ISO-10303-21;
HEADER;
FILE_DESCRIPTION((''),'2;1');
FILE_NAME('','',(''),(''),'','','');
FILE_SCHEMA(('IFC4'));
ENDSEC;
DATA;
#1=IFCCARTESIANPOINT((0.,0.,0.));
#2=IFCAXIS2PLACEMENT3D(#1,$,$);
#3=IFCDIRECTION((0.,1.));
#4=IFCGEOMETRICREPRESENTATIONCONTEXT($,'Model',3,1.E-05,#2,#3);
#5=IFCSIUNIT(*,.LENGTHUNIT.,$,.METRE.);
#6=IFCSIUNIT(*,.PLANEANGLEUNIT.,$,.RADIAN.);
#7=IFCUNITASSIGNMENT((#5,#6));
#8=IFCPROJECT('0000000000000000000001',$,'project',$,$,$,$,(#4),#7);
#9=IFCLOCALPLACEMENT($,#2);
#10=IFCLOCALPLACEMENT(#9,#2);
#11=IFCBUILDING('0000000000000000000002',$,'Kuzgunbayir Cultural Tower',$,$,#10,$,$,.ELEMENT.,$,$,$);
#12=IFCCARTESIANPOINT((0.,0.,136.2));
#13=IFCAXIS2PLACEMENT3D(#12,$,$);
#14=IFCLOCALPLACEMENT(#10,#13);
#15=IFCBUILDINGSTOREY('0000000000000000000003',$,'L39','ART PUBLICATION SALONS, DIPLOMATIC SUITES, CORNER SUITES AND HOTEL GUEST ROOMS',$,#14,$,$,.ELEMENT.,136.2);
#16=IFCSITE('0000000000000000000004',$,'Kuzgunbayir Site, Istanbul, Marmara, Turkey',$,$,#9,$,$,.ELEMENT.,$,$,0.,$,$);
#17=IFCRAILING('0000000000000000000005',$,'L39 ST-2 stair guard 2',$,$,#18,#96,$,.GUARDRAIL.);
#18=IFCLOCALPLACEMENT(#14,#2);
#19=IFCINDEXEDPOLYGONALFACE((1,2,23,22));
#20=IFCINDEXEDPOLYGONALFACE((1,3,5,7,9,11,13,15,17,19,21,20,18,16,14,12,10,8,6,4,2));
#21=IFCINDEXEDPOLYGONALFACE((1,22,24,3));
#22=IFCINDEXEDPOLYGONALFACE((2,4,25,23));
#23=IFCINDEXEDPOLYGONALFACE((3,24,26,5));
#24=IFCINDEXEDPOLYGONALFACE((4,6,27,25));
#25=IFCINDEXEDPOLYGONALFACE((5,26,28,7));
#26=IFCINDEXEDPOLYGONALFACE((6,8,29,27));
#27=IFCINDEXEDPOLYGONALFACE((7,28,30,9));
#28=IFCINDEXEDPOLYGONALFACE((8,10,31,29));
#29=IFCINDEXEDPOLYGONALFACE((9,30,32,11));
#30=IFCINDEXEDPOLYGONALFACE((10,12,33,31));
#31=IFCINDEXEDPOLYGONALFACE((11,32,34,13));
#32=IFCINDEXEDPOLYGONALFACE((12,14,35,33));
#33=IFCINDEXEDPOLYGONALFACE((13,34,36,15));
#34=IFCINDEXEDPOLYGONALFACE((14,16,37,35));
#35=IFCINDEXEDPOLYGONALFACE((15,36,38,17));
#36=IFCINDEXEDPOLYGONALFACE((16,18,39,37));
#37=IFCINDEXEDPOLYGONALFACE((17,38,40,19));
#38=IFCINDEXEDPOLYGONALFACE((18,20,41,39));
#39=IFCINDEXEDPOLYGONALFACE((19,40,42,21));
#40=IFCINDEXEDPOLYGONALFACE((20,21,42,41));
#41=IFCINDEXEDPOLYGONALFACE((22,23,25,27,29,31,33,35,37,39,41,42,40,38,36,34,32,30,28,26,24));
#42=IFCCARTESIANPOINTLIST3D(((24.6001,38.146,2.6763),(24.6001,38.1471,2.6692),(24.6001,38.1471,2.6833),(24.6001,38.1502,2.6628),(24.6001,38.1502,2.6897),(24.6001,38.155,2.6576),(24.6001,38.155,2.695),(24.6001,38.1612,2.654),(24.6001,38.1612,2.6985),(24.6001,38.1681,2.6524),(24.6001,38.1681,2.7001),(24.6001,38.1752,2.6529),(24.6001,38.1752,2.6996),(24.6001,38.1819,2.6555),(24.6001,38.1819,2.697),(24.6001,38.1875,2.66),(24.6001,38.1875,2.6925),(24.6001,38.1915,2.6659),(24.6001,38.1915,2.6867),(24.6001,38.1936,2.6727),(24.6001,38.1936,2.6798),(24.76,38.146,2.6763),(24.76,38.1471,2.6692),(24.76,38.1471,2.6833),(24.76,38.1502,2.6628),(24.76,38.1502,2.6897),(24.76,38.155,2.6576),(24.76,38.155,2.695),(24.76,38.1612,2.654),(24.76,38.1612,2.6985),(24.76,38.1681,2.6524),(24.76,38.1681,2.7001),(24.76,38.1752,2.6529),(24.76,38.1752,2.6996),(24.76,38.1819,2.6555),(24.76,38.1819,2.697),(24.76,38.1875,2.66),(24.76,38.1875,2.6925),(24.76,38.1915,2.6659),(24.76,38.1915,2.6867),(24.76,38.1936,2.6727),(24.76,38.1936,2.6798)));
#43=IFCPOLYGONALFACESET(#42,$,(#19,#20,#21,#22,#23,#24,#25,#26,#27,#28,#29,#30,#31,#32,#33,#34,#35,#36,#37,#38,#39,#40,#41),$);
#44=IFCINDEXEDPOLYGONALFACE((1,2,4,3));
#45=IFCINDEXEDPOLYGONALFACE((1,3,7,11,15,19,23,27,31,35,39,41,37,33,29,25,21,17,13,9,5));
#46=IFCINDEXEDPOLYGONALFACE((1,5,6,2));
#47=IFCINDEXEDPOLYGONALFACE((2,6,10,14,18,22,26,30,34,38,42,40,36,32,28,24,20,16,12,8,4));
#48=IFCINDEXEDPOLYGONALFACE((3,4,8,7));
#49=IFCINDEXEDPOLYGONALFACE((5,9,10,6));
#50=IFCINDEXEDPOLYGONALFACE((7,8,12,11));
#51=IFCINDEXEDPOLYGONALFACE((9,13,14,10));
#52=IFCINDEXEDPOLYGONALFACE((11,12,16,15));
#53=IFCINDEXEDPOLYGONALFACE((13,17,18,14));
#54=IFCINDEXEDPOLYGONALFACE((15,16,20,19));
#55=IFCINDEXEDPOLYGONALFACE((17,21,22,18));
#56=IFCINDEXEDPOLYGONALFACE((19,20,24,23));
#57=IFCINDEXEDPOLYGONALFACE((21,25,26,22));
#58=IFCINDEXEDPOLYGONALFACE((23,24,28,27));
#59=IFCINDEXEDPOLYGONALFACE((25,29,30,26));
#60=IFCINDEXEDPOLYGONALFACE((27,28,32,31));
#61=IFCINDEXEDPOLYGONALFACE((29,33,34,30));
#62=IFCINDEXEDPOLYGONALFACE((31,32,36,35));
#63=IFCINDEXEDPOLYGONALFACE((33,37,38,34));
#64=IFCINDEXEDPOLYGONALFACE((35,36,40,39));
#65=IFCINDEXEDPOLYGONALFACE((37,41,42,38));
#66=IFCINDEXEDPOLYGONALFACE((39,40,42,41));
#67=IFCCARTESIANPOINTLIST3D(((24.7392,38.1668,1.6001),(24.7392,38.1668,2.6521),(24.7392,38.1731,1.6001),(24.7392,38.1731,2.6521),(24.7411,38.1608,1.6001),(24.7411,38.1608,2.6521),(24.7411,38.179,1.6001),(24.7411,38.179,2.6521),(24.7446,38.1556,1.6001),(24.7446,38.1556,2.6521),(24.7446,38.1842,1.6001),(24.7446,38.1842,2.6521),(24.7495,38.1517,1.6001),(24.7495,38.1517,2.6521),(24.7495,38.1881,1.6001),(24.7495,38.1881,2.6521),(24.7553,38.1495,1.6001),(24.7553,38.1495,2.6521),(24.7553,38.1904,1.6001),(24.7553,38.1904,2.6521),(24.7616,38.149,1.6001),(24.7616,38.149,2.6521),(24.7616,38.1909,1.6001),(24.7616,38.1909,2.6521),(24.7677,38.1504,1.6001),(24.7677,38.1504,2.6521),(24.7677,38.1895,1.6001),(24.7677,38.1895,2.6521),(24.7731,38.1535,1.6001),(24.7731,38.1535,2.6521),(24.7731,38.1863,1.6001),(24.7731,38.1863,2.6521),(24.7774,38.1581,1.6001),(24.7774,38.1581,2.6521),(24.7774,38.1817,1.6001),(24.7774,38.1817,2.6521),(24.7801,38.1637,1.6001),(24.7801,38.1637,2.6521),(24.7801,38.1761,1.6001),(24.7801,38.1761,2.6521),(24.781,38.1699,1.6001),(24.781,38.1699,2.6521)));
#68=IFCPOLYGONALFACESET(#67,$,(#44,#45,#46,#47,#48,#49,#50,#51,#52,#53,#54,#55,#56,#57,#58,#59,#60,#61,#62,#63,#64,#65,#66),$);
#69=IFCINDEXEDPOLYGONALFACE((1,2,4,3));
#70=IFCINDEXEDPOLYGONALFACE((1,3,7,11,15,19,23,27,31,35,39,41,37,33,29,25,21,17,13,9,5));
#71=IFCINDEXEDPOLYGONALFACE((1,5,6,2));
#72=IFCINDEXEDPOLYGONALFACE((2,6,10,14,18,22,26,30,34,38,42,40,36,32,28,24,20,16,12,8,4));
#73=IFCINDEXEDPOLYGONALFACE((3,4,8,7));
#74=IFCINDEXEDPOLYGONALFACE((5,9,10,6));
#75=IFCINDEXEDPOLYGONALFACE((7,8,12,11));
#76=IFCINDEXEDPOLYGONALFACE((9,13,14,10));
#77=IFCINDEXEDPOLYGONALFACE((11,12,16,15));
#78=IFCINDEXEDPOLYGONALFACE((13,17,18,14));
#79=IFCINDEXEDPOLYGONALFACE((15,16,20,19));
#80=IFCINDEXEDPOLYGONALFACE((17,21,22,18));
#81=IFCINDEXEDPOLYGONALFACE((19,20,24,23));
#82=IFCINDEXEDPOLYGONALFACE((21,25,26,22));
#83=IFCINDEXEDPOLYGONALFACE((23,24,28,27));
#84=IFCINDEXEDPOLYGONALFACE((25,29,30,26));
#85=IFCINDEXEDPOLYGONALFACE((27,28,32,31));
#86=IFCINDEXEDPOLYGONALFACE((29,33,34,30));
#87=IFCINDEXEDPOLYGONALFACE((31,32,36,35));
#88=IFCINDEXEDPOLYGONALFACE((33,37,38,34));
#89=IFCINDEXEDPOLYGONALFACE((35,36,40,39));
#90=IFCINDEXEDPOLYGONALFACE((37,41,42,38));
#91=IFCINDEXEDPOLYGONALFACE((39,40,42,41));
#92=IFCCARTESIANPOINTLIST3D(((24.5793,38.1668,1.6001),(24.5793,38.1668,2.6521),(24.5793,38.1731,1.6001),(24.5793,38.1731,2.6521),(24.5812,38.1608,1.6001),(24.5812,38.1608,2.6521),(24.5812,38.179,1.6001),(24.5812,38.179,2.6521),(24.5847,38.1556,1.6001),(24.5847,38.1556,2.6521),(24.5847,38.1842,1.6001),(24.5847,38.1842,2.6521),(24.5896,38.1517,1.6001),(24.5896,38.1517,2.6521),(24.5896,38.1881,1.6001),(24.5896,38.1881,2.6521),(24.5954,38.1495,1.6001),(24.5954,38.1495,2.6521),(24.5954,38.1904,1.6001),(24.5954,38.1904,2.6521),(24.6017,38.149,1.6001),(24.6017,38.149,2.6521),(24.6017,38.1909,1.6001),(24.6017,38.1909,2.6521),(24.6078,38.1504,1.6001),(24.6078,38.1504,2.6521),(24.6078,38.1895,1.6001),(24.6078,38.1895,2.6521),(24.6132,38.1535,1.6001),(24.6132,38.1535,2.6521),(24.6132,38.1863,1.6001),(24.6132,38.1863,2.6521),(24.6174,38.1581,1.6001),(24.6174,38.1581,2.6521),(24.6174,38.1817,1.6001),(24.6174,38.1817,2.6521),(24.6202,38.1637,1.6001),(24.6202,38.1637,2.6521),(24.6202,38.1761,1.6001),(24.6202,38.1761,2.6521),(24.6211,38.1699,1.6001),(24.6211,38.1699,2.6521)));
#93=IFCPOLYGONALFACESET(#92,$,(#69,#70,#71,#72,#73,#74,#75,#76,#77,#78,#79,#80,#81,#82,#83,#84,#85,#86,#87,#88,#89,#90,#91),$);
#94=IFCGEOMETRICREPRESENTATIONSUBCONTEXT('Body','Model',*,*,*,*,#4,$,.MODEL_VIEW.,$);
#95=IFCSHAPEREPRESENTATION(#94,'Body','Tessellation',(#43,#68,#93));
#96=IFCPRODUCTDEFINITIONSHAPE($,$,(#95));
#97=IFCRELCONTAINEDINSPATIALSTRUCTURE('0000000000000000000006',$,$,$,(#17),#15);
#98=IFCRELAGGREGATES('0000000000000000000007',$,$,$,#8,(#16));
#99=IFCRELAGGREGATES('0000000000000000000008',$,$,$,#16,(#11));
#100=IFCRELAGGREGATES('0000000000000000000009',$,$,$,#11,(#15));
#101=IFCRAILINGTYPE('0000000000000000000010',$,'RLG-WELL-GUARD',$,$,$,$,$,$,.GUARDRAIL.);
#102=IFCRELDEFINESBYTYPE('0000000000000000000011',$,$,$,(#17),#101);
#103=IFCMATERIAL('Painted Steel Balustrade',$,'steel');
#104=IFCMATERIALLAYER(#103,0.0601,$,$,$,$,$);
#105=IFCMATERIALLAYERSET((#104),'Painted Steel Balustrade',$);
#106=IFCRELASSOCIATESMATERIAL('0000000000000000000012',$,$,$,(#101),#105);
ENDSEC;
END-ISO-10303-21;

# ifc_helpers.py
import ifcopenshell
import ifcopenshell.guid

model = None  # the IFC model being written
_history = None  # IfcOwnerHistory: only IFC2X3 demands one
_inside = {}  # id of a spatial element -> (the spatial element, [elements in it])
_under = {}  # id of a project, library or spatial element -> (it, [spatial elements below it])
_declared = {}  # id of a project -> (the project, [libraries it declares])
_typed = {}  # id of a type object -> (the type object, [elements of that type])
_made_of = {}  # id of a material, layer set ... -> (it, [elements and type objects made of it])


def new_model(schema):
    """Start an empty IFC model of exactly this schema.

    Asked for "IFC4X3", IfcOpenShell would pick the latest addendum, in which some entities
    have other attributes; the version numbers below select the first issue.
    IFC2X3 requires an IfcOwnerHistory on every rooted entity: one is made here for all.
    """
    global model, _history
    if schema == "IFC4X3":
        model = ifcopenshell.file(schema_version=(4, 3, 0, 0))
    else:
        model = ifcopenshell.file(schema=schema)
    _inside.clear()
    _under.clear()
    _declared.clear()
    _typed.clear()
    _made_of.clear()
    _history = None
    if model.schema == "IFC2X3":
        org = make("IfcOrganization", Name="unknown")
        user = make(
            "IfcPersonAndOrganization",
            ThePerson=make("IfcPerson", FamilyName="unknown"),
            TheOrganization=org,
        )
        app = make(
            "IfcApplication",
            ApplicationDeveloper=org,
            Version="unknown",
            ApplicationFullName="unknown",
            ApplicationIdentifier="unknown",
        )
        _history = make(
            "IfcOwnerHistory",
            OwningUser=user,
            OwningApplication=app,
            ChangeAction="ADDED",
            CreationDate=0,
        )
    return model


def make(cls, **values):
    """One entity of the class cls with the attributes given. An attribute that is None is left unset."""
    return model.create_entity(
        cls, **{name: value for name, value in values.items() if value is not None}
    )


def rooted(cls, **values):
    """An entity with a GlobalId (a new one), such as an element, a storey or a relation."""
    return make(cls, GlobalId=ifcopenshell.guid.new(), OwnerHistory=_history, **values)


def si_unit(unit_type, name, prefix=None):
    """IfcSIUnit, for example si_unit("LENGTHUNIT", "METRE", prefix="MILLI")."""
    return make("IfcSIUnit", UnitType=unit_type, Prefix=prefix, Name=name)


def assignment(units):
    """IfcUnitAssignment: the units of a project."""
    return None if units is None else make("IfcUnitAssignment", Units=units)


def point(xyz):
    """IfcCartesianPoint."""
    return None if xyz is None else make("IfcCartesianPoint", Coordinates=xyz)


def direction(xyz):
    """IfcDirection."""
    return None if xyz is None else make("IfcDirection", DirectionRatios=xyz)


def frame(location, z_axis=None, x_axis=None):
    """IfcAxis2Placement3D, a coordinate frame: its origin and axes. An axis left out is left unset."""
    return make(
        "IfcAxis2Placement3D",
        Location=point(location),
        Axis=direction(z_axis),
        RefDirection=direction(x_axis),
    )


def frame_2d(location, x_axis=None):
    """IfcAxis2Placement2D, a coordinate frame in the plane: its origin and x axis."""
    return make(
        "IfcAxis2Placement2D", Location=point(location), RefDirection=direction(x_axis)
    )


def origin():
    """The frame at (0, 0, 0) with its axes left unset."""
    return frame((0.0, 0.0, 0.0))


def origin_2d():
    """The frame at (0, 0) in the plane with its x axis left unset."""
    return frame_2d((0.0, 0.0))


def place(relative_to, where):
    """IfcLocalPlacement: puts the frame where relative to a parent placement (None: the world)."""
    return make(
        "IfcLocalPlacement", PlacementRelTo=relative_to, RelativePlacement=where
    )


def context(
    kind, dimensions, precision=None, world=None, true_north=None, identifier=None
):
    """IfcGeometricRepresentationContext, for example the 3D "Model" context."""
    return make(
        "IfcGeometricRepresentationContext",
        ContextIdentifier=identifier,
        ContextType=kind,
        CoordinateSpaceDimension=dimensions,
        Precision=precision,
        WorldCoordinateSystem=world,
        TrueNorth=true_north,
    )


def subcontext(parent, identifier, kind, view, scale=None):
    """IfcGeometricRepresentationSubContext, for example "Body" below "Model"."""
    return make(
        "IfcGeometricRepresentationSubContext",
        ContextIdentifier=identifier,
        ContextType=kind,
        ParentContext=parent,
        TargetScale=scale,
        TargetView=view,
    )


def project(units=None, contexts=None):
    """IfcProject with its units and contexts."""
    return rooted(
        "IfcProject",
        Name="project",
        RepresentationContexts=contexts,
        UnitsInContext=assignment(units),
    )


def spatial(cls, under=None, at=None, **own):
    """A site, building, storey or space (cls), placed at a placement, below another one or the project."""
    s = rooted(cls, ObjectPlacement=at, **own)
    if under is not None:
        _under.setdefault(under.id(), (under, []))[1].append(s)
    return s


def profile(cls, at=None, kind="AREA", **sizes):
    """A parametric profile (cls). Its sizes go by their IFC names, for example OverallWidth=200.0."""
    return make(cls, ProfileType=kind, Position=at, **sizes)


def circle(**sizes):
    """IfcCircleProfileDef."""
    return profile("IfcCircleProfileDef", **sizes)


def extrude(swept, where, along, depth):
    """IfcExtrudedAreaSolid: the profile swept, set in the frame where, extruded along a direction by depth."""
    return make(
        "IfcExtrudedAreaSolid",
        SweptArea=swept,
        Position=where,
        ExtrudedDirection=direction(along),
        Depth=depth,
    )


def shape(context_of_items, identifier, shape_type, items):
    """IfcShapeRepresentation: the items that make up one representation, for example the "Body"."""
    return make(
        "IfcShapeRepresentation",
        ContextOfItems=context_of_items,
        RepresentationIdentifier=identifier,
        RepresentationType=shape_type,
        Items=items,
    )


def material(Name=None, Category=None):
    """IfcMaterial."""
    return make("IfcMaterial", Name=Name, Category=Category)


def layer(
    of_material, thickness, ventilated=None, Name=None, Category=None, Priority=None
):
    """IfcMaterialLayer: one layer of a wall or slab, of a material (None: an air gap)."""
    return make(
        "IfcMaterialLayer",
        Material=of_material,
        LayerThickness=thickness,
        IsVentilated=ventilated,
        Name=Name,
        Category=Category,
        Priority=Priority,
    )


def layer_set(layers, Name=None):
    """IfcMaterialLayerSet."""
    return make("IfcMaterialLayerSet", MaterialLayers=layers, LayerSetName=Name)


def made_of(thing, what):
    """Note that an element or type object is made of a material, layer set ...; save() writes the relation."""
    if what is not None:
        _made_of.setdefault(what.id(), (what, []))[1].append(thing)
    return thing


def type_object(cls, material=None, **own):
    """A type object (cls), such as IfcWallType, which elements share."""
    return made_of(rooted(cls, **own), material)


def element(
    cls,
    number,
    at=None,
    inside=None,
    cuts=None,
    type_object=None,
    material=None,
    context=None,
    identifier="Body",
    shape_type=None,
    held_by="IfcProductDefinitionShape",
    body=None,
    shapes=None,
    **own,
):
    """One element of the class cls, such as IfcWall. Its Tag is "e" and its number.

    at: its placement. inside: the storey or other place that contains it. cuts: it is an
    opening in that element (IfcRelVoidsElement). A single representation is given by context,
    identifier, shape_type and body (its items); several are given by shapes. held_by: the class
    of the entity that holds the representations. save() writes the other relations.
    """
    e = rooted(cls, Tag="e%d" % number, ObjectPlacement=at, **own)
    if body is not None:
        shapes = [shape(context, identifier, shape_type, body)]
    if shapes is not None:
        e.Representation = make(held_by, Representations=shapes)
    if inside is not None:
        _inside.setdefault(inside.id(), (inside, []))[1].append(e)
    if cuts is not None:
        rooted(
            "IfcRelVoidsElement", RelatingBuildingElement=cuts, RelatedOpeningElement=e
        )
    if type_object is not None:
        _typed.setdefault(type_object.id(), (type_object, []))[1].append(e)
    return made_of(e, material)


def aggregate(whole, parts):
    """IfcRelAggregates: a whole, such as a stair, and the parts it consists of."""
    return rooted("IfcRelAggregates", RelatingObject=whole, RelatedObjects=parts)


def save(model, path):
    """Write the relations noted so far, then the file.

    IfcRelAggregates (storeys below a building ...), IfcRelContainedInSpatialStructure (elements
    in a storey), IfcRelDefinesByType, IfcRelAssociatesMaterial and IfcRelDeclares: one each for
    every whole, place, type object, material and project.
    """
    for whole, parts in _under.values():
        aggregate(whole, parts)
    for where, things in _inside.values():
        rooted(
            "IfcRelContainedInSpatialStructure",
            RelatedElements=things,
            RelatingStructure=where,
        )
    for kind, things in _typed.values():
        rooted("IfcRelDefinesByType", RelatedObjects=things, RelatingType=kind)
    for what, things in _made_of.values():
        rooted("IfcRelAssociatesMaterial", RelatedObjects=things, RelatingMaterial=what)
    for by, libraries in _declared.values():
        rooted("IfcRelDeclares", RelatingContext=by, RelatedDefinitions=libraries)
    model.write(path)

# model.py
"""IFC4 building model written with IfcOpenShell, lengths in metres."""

from ifc_helpers import new_model, si_unit, direction, frame, origin, origin_2d, place, context, subcontext, project, spatial, circle, extrude, material, layer, layer_set, type_object, element, save


model = new_model("IFC4")

# Units and contexts
model_context = context("Model", 3, precision=1e-05, world=origin(), true_north=direction((0.0, 1.0)))
body_context = subcontext(model_context, "Body", "Model", "MODEL_VIEW")
ifc_project = project(units=[si_unit("LENGTHUNIT", "METRE"), si_unit("PLANEANGLEUNIT", "RADIAN")], contexts=[model_context])

# Site, building, storey
site_placement = place(None, origin())
site = spatial("IfcSite", under=ifc_project, at=site_placement, Name="Kuzgunbayir Site, Istanbul, Marmara, Turkey", CompositionType="ELEMENT", RefElevation=0.0)
building_placement = place(site_placement, origin())
building = spatial("IfcBuilding", under=site, at=building_placement, Name="Kuzgunbayir Cultural Tower", CompositionType="ELEMENT")
storey_placement = place(building_placement, frame((0.0, 0.0, 136.2)))
storey = spatial("IfcBuildingStorey", under=building, at=storey_placement, Name="L39", Description="ART PUBLICATION SALONS, DIPLOMATIC SUITES, CORNER SUITES AND HOTEL GUEST ROOMS", CompositionType="ELEMENT", Elevation=136.2)

# Railing
ifc_material_1 = material(Name="Painted Steel Balustrade", Category="steel")
ifc_layer_1 = layer(ifc_material_1, 0.0601)
ifc_layer_set_1 = layer_set([ifc_layer_1], Name="Painted Steel Balustrade")
railing_type_1 = type_object("IfcRailingType", Name="RLG-WELL-GUARD", PredefinedType="GUARDRAIL", material=ifc_layer_set_1)
railing_1_placement = place(storey_placement, frame((24.76, 38.1699, 1.6001)))
element("IfcRailing", 1, at=railing_1_placement, inside=storey, type_object=railing_type_1, Name="L39 ST-2 stair guard 2", PredefinedType="GUARDRAIL", context=body_context, shape_type="SweptSolid", body=[
    extrude(circle(Radius=0.0239, at=origin_2d()), frame((0.0, 0.0, 1.0762), z_axis=(-1.0, 0.0, 0.0), x_axis=(0.0, -1.0, 0.0)), (0.0, 0.0, 1.0), 0.1599),
    extrude(circle(Radius=0.021, at=origin_2d()), origin(), (0.0, 0.0, 1.0), 1.052),
    extrude(circle(Radius=0.021, at=origin_2d()), frame((-0.1599, 0.0, 0.0)), (0.0, 0.0, 1.0), 1.052),
])

save(model, "model.ifc")
